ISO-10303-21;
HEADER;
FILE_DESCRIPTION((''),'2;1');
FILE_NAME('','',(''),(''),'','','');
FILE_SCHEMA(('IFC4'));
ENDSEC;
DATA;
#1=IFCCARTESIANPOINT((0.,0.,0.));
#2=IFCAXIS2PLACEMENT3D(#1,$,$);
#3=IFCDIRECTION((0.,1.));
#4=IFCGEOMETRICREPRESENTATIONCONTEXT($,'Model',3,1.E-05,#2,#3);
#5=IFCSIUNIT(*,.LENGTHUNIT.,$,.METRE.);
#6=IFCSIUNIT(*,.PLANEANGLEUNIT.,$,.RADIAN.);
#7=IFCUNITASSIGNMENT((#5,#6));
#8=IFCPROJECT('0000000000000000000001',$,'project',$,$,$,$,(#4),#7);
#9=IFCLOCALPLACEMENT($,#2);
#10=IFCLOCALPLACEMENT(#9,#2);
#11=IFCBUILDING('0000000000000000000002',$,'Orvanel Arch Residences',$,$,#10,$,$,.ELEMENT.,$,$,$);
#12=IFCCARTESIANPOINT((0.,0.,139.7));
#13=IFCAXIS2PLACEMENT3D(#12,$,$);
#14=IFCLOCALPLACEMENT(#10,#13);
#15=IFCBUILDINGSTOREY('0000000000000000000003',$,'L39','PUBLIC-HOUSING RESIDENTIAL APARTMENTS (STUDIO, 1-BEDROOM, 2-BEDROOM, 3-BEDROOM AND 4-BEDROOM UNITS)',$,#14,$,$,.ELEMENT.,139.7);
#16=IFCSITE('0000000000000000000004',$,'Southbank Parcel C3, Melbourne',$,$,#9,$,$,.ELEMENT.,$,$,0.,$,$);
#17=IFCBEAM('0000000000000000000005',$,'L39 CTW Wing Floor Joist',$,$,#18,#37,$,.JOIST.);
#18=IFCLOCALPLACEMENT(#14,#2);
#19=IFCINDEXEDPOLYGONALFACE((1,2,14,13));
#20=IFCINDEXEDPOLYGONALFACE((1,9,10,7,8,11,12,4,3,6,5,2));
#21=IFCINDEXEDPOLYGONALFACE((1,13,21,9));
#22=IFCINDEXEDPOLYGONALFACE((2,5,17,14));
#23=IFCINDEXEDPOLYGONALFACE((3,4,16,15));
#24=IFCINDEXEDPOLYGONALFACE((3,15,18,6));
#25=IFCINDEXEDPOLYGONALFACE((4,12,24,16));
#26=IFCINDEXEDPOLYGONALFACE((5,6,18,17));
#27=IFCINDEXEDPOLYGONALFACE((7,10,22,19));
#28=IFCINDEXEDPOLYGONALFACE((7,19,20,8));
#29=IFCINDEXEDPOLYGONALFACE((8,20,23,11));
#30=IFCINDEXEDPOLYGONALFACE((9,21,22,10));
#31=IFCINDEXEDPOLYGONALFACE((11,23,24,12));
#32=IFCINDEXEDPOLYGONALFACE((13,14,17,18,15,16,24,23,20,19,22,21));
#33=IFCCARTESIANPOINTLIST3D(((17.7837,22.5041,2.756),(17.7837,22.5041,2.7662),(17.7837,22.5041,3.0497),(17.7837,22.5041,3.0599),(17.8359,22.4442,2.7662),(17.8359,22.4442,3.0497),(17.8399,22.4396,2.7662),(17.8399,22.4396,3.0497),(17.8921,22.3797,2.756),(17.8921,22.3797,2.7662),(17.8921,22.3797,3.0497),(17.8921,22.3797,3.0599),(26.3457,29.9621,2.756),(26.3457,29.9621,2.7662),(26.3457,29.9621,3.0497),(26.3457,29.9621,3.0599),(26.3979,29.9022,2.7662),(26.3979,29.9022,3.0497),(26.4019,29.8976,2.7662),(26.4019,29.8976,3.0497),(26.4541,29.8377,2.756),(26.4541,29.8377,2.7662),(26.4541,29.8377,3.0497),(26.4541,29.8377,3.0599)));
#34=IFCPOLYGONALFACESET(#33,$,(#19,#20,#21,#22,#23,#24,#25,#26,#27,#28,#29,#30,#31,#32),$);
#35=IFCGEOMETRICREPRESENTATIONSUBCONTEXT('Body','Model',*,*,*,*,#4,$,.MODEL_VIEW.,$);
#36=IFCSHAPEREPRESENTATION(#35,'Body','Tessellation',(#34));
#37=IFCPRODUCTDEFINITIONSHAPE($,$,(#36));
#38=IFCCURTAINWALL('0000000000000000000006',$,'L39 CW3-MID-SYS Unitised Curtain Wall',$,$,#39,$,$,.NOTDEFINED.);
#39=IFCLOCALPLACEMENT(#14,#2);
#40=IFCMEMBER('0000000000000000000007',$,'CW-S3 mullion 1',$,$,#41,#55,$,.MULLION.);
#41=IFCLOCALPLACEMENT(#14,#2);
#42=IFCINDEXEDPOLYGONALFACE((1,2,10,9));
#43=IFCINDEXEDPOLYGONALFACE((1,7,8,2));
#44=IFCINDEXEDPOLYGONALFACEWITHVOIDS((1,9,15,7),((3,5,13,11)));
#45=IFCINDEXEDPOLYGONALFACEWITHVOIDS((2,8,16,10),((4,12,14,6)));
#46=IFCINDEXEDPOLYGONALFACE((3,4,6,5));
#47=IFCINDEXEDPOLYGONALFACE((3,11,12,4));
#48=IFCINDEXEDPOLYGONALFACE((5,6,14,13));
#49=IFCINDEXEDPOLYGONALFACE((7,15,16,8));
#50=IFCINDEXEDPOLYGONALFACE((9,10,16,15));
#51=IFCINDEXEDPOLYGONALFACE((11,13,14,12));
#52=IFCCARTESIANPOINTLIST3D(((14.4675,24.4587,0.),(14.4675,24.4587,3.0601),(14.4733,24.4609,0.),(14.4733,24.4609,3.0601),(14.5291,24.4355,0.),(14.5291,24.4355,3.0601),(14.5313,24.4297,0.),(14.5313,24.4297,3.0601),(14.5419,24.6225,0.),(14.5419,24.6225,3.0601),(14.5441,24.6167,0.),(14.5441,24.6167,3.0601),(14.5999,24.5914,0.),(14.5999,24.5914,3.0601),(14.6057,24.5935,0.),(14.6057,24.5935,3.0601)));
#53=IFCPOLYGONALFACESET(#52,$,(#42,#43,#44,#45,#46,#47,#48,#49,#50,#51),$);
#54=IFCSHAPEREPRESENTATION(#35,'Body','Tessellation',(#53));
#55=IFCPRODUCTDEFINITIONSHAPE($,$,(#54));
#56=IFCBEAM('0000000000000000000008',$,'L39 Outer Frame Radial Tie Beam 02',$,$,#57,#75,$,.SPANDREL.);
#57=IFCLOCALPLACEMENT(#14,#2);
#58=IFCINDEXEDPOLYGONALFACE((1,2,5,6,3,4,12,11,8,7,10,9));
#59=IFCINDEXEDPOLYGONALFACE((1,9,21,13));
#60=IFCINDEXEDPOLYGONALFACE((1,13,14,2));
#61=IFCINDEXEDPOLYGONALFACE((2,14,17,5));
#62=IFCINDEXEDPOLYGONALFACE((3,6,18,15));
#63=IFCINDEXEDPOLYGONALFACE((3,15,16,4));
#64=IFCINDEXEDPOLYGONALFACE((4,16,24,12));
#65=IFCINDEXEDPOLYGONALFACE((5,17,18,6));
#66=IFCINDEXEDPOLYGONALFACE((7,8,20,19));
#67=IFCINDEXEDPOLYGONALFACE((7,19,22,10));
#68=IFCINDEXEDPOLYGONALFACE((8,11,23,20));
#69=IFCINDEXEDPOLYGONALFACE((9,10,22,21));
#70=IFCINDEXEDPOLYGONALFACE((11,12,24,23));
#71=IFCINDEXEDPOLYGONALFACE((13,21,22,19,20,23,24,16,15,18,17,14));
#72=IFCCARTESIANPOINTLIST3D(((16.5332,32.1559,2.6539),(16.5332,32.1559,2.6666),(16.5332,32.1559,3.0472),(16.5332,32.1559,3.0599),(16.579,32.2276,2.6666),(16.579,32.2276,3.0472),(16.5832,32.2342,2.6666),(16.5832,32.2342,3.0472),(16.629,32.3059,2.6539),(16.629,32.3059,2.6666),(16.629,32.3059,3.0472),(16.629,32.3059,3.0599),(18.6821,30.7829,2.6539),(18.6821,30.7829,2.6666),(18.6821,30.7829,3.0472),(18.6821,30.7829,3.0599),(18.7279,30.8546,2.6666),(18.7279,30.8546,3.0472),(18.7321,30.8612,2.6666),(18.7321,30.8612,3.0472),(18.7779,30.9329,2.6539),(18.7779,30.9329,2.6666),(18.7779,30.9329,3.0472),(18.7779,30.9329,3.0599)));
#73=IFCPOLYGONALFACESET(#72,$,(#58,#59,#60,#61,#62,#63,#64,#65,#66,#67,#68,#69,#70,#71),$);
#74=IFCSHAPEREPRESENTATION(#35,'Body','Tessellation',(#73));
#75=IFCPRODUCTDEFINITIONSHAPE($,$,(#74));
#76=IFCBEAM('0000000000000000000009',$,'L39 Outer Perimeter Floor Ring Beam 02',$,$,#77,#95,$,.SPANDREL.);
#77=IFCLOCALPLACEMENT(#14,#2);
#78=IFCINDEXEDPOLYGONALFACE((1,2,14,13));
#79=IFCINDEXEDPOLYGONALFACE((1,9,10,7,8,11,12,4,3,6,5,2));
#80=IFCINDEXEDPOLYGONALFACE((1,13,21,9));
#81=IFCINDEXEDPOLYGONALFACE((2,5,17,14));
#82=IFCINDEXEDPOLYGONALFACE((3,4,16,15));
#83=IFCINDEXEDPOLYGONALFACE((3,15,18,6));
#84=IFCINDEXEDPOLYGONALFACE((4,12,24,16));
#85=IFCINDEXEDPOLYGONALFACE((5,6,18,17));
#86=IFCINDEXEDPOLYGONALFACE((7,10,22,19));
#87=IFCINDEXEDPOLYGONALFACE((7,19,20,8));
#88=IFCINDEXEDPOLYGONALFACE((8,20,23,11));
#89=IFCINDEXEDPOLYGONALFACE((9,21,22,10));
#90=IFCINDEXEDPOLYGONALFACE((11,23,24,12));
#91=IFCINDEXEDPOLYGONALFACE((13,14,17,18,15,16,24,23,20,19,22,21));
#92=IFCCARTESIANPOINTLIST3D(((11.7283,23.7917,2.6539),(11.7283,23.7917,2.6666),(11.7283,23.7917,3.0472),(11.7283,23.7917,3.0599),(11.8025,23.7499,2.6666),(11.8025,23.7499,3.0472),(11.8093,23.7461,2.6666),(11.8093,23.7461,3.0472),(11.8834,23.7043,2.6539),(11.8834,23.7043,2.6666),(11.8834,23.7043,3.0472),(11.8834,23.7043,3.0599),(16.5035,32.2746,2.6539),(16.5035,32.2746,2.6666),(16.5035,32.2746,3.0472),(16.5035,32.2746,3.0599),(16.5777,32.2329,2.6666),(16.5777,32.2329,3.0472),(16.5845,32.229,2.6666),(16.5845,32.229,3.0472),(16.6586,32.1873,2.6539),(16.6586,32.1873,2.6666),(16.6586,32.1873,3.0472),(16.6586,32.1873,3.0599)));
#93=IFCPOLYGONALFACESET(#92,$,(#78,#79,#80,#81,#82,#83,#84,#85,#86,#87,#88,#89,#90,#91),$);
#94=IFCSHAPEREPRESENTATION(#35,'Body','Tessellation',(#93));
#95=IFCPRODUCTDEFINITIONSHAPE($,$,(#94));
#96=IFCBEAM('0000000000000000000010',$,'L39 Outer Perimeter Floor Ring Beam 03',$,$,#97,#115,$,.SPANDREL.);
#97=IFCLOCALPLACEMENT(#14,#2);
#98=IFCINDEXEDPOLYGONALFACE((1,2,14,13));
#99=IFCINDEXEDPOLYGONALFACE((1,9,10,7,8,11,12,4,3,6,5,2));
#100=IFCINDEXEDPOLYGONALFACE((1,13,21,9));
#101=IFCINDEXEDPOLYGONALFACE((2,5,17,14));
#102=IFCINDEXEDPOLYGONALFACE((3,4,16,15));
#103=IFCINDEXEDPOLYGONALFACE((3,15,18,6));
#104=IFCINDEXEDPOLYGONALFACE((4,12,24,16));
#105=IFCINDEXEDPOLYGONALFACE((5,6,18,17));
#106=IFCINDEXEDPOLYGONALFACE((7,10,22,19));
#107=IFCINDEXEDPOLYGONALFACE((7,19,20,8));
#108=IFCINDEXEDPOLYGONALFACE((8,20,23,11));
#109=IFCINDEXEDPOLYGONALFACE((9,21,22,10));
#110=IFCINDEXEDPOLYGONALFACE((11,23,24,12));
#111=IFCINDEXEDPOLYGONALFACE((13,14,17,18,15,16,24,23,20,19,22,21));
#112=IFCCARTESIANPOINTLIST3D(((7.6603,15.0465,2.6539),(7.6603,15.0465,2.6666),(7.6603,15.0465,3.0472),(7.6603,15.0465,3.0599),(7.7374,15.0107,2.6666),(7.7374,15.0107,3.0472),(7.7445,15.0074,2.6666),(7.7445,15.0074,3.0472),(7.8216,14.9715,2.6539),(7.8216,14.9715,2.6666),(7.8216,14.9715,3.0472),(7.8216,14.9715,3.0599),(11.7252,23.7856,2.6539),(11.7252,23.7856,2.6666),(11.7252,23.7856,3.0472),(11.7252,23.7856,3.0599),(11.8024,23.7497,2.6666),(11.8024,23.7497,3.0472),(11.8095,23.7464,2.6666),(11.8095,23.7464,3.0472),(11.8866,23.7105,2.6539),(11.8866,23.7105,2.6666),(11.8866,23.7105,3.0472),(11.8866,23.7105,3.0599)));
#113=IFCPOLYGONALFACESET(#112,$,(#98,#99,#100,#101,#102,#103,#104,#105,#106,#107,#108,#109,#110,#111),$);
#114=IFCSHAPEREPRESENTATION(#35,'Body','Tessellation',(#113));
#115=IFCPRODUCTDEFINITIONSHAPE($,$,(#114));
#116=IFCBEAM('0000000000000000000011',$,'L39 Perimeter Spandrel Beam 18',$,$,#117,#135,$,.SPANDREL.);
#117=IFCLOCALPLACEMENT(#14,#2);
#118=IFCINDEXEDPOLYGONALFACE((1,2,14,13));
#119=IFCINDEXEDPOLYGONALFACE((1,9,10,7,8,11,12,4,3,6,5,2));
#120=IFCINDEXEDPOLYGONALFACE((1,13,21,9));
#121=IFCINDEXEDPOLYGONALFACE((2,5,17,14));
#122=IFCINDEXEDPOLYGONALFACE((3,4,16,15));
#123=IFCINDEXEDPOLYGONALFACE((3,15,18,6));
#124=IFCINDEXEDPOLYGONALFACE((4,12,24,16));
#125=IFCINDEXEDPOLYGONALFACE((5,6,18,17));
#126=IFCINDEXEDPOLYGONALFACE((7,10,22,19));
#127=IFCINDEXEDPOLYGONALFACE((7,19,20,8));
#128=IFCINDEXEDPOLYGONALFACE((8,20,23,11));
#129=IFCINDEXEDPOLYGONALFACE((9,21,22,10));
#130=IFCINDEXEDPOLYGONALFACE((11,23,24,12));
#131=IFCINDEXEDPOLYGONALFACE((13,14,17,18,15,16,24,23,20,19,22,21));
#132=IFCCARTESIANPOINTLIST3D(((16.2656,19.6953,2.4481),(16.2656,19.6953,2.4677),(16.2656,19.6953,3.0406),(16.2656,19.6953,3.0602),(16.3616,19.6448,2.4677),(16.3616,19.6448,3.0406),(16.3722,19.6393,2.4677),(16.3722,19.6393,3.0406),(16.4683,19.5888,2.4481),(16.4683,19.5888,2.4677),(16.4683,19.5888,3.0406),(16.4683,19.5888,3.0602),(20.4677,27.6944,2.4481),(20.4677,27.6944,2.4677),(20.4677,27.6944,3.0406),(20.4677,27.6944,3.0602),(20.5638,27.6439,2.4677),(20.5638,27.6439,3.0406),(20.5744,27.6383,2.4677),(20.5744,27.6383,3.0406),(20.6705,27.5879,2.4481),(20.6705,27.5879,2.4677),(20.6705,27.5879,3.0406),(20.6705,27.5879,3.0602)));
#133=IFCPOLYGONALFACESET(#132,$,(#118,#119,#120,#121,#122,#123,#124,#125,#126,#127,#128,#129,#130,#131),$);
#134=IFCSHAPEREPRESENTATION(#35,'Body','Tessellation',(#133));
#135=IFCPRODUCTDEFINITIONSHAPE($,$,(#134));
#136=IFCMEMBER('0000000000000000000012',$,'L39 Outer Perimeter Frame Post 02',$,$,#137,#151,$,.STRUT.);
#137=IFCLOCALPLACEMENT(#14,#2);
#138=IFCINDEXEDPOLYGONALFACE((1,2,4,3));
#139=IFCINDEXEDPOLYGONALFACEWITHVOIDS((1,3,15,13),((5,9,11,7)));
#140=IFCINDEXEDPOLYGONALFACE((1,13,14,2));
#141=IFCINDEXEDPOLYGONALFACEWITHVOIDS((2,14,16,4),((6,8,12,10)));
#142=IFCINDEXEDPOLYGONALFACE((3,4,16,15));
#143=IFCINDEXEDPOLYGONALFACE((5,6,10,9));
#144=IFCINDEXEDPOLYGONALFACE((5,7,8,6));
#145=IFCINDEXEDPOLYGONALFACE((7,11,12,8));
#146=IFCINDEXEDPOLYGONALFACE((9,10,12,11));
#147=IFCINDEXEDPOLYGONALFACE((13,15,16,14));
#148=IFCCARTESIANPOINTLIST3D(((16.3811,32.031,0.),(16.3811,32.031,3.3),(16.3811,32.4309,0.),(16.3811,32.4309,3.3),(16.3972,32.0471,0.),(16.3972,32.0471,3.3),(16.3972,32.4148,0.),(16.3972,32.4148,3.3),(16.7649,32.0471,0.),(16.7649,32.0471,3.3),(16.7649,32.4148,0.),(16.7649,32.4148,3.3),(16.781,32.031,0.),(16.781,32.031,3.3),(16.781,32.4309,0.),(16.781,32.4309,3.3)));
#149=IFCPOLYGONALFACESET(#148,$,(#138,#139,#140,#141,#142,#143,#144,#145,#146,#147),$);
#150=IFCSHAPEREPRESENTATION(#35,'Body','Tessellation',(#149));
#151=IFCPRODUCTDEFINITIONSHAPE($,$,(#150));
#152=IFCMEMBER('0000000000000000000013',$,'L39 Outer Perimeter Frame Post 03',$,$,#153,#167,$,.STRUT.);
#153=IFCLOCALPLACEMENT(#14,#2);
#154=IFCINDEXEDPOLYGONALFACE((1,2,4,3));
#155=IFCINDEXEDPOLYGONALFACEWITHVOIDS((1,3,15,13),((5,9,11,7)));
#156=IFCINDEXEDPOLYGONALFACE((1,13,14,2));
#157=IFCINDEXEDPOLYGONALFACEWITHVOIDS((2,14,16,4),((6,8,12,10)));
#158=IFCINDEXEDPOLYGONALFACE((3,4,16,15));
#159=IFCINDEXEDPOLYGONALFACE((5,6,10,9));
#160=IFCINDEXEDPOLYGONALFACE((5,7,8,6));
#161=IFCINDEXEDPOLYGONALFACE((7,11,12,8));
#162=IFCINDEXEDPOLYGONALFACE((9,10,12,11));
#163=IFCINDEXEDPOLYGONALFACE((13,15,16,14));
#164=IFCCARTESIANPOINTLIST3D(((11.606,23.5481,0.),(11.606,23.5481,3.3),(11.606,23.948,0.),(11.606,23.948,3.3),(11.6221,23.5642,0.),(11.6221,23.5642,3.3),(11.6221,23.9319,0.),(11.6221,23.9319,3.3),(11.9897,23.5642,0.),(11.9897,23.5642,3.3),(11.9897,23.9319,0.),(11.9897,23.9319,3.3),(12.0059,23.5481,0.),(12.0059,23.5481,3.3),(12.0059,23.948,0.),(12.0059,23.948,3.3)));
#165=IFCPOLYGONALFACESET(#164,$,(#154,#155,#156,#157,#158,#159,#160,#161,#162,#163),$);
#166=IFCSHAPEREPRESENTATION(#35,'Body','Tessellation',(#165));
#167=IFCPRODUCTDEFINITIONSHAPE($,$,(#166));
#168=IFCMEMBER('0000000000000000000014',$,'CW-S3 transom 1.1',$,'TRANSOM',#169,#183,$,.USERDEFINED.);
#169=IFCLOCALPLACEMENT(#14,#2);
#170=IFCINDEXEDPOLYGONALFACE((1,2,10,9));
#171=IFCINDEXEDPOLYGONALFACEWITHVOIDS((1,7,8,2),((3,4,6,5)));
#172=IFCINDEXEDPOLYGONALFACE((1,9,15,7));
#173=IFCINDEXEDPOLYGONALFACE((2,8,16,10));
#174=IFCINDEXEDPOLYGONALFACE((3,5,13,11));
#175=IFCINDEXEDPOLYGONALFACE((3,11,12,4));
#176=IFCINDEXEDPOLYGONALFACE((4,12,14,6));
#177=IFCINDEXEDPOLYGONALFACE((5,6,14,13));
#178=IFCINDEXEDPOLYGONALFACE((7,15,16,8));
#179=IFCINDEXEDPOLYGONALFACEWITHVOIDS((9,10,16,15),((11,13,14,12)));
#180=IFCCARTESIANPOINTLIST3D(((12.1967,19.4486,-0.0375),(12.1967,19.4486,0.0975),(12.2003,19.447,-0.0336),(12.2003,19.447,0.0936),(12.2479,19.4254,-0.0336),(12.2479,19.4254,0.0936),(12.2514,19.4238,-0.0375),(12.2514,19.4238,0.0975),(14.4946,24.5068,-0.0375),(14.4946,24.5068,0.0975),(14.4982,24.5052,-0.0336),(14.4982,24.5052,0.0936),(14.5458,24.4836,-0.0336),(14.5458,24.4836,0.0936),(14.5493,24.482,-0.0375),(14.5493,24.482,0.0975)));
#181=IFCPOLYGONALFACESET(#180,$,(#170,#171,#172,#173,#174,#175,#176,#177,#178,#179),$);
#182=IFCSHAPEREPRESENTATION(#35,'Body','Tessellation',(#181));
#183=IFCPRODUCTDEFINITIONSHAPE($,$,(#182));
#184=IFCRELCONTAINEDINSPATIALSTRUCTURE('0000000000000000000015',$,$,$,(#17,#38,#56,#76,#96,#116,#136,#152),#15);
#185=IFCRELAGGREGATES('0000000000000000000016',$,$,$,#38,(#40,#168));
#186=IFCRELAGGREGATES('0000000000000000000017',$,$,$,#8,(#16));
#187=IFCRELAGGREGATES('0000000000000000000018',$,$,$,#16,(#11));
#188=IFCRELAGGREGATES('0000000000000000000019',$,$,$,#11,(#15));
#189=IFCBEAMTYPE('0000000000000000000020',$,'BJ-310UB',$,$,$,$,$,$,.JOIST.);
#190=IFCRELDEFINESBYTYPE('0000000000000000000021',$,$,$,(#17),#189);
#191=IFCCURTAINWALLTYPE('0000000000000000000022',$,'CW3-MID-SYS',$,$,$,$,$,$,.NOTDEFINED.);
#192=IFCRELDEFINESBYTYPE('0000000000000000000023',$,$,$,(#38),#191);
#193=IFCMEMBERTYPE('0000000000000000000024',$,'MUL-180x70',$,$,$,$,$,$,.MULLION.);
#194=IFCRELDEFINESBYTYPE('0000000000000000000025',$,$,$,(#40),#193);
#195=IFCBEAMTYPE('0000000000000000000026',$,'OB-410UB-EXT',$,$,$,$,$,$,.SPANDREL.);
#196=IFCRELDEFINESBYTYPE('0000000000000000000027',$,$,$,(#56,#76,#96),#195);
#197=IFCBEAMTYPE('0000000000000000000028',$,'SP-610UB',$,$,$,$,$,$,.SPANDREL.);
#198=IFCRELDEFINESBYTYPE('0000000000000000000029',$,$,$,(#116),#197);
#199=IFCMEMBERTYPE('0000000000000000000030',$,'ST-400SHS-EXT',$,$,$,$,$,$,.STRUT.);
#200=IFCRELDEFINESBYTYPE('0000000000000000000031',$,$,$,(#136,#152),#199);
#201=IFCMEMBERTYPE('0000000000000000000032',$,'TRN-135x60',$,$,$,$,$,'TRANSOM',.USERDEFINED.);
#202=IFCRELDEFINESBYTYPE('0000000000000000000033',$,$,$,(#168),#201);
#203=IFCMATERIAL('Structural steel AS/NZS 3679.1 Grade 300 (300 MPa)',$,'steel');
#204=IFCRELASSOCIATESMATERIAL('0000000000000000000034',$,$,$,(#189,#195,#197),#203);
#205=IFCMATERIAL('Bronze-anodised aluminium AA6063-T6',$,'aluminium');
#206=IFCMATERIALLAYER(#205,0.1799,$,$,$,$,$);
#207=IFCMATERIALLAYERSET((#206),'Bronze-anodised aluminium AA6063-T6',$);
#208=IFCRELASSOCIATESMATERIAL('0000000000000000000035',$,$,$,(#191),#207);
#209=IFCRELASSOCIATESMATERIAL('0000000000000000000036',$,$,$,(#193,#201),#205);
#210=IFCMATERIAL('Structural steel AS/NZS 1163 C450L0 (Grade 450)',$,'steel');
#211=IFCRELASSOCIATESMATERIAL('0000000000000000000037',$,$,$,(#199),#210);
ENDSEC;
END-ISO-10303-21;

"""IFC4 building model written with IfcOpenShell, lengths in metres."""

from ifc_helpers import new_model, si_unit, direction, frame, origin, origin_2d, place, context, subcontext, project, spatial, hollow_rectangle, i_section, extrude, material, layer, layer_set, material_profile, profile_set, type_object, element, aggregate, save


model = new_model("IFC4")

# Units and contexts
model_context = context("Model", 3, precision=1e-05, world=origin(), true_north=direction((0.0, 1.0)))
body_context = subcontext(model_context, "Body", "Model", "MODEL_VIEW")
ifc_project = project(units=[si_unit("LENGTHUNIT", "METRE"), si_unit("PLANEANGLEUNIT", "RADIAN")], contexts=[model_context])

# Site, building, storey
site_placement = place(None, origin())
site = spatial("IfcSite", under=ifc_project, at=site_placement, Name="Southbank Parcel C3, Melbourne", CompositionType="ELEMENT", RefElevation=0.0)
building_placement = place(site_placement, origin())
building = spatial("IfcBuilding", under=site, at=building_placement, Name="Orvanel Arch Residences", CompositionType="ELEMENT")
storey_placement = place(building_placement, frame((0.0, 0.0, 139.7)))
storey = spatial("IfcBuildingStorey", under=building, at=storey_placement, Name="L39", Description="PUBLIC-HOUSING RESIDENTIAL APARTMENTS (STUDIO, 1-BEDROOM, 2-BEDROOM, 3-BEDROOM AND 4-BEDROOM UNITS)", CompositionType="ELEMENT", Elevation=139.7)

# Shared definitions
ifc_material_1 = material(Name="Structural steel AS/NZS 1163 C450L0 (Grade 450)", Category="steel")

# Beam
ifc_material_2 = material(Name="Structural steel AS/NZS 3679.1 Grade 300 (300 MPa)", Category="steel")
ifc_material_profile_1 = material_profile(ifc_material_2, i_section(OverallWidth=0.165, OverallDepth=0.304, WebThickness=0.0061, FlangeThickness=0.0103, at=origin_2d()), Name="310UB40.4")
ifc_profile_set_1 = profile_set([ifc_material_profile_1], Name="Structural steel AS/NZS 3679.1 Grade 300 (300 MPa)")
beam_type_1 = type_object("IfcBeamType", Name="BJ-310UB", PredefinedType="JOIST", material=ifc_profile_set_1)
beam_1_placement = place(storey_placement, frame((26.3999, 29.8999, 2.908), z_axis=(-0.754048, -0.656819, 0.0), x_axis=(0.656819, -0.754048, 0.0)))
element("IfcBeam", 1, at=beam_1_placement, inside=storey, type_object=beam_type_1, Name="L39 CTW Wing Floor Joist", PredefinedType="JOIST", context=body_context, shape_type="SweptSolid", body=[
    extrude(i_section(OverallWidth=0.165, OverallDepth=0.304, WebThickness=0.0061, FlangeThickness=0.0103, at=origin_2d()), origin(), (0.0, 0.0, 1.0), 11.3547),
])

# Curtain wall, member
ifc_material_3 = material(Name="Bronze-anodised aluminium AA6063-T6", Category="aluminium")
ifc_layer_1 = layer(ifc_material_3, 0.1799)
ifc_layer_set_1 = layer_set([ifc_layer_1], Name="Bronze-anodised aluminium AA6063-T6")
curtain_wall_type = type_object("IfcCurtainWallType", Name="CW3-MID-SYS", PredefinedType="NOTDEFINED", material=ifc_layer_set_1)
curtain_wall_placement = place(storey_placement, origin())
curtain_wall = element("IfcCurtainWall", 2, at=curtain_wall_placement, inside=storey, type_object=curtain_wall_type, Name="L39 CW3-MID-SYS Unitised Curtain Wall", PredefinedType="NOTDEFINED")
ifc_material_profile_2 = material_profile(ifc_material_3, hollow_rectangle(XDim=0.0701, YDim=0.1799, WallThickness=0.0044, at=origin_2d()), Name="ALU180x70x4.5")
ifc_profile_set_2 = profile_set([ifc_material_profile_2], Name="Bronze-anodised aluminium AA6063-T6")
member_type_1 = type_object("IfcMemberType", Name="MUL-180x70", PredefinedType="MULLION", material=ifc_profile_set_2)
member_1_placement = place(storey_placement, frame((14.5366, 24.5261, 0.0), z_axis=(0.0, 0.0, 1.0), x_axis=(0.910449, -0.413621, 0.0)))
member_1 = element("IfcMember", 3, at=member_1_placement, type_object=member_type_1, Name="CW-S3 mullion 1", PredefinedType="MULLION", context=body_context, shape_type="SweptSolid", body=[
    extrude(hollow_rectangle(XDim=0.0701, YDim=0.1799, WallThickness=0.0044, at=origin_2d()), origin(), (0.0, 0.0, 1.0), 3.0601),
])

# Beams
ifc_material_profile_3 = material_profile(ifc_material_2, i_section(OverallWidth=0.178, OverallDepth=0.406, WebThickness=0.0078, FlangeThickness=0.0127, at=origin_2d()), Name="410UB59.7")
ifc_profile_set_3 = profile_set([ifc_material_profile_3], Name="Structural steel AS/NZS 3679.1 Grade 300 (300 MPa)")
beam_type_2 = type_object("IfcBeamType", Name="OB-410UB-EXT", PredefinedType="SPANDREL", material=ifc_profile_set_3)
beam_2_placement = place(storey_placement, frame((18.73, 30.8579, 2.8569), z_axis=(-0.842675, 0.538423, 0.0), x_axis=(-0.538423, -0.842675, 0.0)))
element("IfcBeam", 4, at=beam_2_placement, inside=storey, type_object=beam_type_2, Name="L39 Outer Frame Radial Tie Beam 02", PredefinedType="SPANDREL", context=body_context, shape_type="SweptSolid", body=[
    extrude(i_section(OverallWidth=0.178, OverallDepth=0.406, WebThickness=0.0078, FlangeThickness=0.0127, at=origin_2d()), origin(), (0.0, 0.0, 1.0), 2.55),
])
beam_3_placement = place(storey_placement, frame((16.5811, 32.231, 2.8569), z_axis=(-0.490535, -0.871421, 0.0), x_axis=(0.871421, -0.490535, 0.0)))
element("IfcBeam", 5, at=beam_3_placement, inside=storey, type_object=beam_type_2, Name="L39 Outer Perimeter Floor Ring Beam 02", PredefinedType="SPANDREL", context=body_context, shape_type="SweptSolid", body=[
    extrude(i_section(OverallWidth=0.178, OverallDepth=0.406, WebThickness=0.0078, FlangeThickness=0.0127, at=origin_2d()), origin(), (0.0, 0.0, 1.0), 9.7346),
])
beam_4_placement = place(storey_placement, frame((11.8059, 23.748, 2.8569), z_axis=(-0.421755, -0.90671, 0.0), x_axis=(0.90671, -0.421755, 0.0)))
element("IfcBeam", 6, at=beam_4_placement, inside=storey, type_object=beam_type_2, Name="L39 Outer Perimeter Floor Ring Beam 03", PredefinedType="SPANDREL", context=body_context, shape_type="SweptSolid", body=[
    extrude(i_section(OverallWidth=0.178, OverallDepth=0.406, WebThickness=0.0078, FlangeThickness=0.0127, at=origin_2d()), origin(), (0.0, 0.0, 1.0), 9.6382),
])
ifc_material_profile_4 = material_profile(ifc_material_2, i_section(OverallWidth=0.229, OverallDepth=0.6121, WebThickness=0.012, FlangeThickness=0.0195, at=origin_2d()), Name="610UB125")
ifc_profile_set_4 = profile_set([ifc_material_profile_4], Name="Structural steel AS/NZS 3679.1 Grade 300 (300 MPa)")
beam_type_3 = type_object("IfcBeamType", Name="SP-610UB", PredefinedType="SPANDREL", material=ifc_profile_set_4)
beam_5_placement = place(storey_placement, frame((20.5691, 27.6411, 2.7542), z_axis=(-0.465065, -0.885277, 0.0), x_axis=(0.885277, -0.465065, 0.0)))
element("IfcBeam", 7, at=beam_5_placement, inside=storey, type_object=beam_type_3, Name="L39 Perimeter Spandrel Beam 18", PredefinedType="SPANDREL", context=body_context, shape_type="SweptSolid", body=[
    extrude(i_section(OverallWidth=0.229, OverallDepth=0.6121, WebThickness=0.012, FlangeThickness=0.0195, at=origin_2d()), origin(), (0.0, 0.0, 1.0), 9.0356),
])

# Members
ifc_material_profile_5 = material_profile(ifc_material_1, hollow_rectangle(XDim=0.3999, YDim=0.3999, WallThickness=0.0161, at=origin_2d()), Name="SHS400x400x16")
ifc_profile_set_5 = profile_set([ifc_material_profile_5], Name="Structural steel AS/NZS 1163 C450L0 (Grade 450)")
member_type_2 = type_object("IfcMemberType", Name="ST-400SHS-EXT", PredefinedType="STRUT", material=ifc_profile_set_5)
for number, where, z_axis, x_axis, name in (
    (8, (16.5811, 32.231, 0.0), (0.0, 0.0, 1.0), (1.0, 0.0, 0.0), "L39 Outer Perimeter Frame Post 02"),
    (9, (11.8059, 23.748, 0.0), (0.0, 0.0, 1.0), (1.0, 0.0, 0.0), "L39 Outer Perimeter Frame Post 03"),
):
    element("IfcMember", number, at=place(storey_placement, frame(where, z_axis=z_axis, x_axis=x_axis)), inside=storey, type_object=member_type_2, Name=name, PredefinedType="STRUT", context=body_context, shape_type="SweptSolid", body=[
        extrude(hollow_rectangle(XDim=0.3999, YDim=0.3999, WallThickness=0.0161, at=origin_2d()), origin(), (0.0, 0.0, 1.0), 3.3),
    ])

# Member
ifc_material_profile_6 = material_profile(ifc_material_3, hollow_rectangle(XDim=0.0601, YDim=0.135, WallThickness=0.0039, at=origin_2d()), Name="ALU135x60x4")
ifc_profile_set_6 = profile_set([ifc_material_profile_6], Name="Bronze-anodised aluminium AA6063-T6")
member_type_3 = type_object("IfcMemberType", Name="TRN-135x60", ElementType="TRANSOM", PredefinedType="USERDEFINED", material=ifc_profile_set_6)
member_2_placement = place(storey_placement, frame((14.522, 24.4944, 0.03), z_axis=(-0.413611, -0.910454, 0.0), x_axis=(0.910454, -0.413611, 0.0)))
member_2 = element("IfcMember", 10, at=member_2_placement, type_object=member_type_3, Name="CW-S3 transom 1.1", ObjectType="TRANSOM", PredefinedType="USERDEFINED", context=body_context, shape_type="SweptSolid", body=[
    extrude(hollow_rectangle(XDim=0.0601, YDim=0.135, WallThickness=0.0039, at=origin_2d()), origin(), (0.0, 0.0, 1.0), 5.5557),
])
aggregate(curtain_wall, [member_1, member_2])

save(model, "model.ifc")
